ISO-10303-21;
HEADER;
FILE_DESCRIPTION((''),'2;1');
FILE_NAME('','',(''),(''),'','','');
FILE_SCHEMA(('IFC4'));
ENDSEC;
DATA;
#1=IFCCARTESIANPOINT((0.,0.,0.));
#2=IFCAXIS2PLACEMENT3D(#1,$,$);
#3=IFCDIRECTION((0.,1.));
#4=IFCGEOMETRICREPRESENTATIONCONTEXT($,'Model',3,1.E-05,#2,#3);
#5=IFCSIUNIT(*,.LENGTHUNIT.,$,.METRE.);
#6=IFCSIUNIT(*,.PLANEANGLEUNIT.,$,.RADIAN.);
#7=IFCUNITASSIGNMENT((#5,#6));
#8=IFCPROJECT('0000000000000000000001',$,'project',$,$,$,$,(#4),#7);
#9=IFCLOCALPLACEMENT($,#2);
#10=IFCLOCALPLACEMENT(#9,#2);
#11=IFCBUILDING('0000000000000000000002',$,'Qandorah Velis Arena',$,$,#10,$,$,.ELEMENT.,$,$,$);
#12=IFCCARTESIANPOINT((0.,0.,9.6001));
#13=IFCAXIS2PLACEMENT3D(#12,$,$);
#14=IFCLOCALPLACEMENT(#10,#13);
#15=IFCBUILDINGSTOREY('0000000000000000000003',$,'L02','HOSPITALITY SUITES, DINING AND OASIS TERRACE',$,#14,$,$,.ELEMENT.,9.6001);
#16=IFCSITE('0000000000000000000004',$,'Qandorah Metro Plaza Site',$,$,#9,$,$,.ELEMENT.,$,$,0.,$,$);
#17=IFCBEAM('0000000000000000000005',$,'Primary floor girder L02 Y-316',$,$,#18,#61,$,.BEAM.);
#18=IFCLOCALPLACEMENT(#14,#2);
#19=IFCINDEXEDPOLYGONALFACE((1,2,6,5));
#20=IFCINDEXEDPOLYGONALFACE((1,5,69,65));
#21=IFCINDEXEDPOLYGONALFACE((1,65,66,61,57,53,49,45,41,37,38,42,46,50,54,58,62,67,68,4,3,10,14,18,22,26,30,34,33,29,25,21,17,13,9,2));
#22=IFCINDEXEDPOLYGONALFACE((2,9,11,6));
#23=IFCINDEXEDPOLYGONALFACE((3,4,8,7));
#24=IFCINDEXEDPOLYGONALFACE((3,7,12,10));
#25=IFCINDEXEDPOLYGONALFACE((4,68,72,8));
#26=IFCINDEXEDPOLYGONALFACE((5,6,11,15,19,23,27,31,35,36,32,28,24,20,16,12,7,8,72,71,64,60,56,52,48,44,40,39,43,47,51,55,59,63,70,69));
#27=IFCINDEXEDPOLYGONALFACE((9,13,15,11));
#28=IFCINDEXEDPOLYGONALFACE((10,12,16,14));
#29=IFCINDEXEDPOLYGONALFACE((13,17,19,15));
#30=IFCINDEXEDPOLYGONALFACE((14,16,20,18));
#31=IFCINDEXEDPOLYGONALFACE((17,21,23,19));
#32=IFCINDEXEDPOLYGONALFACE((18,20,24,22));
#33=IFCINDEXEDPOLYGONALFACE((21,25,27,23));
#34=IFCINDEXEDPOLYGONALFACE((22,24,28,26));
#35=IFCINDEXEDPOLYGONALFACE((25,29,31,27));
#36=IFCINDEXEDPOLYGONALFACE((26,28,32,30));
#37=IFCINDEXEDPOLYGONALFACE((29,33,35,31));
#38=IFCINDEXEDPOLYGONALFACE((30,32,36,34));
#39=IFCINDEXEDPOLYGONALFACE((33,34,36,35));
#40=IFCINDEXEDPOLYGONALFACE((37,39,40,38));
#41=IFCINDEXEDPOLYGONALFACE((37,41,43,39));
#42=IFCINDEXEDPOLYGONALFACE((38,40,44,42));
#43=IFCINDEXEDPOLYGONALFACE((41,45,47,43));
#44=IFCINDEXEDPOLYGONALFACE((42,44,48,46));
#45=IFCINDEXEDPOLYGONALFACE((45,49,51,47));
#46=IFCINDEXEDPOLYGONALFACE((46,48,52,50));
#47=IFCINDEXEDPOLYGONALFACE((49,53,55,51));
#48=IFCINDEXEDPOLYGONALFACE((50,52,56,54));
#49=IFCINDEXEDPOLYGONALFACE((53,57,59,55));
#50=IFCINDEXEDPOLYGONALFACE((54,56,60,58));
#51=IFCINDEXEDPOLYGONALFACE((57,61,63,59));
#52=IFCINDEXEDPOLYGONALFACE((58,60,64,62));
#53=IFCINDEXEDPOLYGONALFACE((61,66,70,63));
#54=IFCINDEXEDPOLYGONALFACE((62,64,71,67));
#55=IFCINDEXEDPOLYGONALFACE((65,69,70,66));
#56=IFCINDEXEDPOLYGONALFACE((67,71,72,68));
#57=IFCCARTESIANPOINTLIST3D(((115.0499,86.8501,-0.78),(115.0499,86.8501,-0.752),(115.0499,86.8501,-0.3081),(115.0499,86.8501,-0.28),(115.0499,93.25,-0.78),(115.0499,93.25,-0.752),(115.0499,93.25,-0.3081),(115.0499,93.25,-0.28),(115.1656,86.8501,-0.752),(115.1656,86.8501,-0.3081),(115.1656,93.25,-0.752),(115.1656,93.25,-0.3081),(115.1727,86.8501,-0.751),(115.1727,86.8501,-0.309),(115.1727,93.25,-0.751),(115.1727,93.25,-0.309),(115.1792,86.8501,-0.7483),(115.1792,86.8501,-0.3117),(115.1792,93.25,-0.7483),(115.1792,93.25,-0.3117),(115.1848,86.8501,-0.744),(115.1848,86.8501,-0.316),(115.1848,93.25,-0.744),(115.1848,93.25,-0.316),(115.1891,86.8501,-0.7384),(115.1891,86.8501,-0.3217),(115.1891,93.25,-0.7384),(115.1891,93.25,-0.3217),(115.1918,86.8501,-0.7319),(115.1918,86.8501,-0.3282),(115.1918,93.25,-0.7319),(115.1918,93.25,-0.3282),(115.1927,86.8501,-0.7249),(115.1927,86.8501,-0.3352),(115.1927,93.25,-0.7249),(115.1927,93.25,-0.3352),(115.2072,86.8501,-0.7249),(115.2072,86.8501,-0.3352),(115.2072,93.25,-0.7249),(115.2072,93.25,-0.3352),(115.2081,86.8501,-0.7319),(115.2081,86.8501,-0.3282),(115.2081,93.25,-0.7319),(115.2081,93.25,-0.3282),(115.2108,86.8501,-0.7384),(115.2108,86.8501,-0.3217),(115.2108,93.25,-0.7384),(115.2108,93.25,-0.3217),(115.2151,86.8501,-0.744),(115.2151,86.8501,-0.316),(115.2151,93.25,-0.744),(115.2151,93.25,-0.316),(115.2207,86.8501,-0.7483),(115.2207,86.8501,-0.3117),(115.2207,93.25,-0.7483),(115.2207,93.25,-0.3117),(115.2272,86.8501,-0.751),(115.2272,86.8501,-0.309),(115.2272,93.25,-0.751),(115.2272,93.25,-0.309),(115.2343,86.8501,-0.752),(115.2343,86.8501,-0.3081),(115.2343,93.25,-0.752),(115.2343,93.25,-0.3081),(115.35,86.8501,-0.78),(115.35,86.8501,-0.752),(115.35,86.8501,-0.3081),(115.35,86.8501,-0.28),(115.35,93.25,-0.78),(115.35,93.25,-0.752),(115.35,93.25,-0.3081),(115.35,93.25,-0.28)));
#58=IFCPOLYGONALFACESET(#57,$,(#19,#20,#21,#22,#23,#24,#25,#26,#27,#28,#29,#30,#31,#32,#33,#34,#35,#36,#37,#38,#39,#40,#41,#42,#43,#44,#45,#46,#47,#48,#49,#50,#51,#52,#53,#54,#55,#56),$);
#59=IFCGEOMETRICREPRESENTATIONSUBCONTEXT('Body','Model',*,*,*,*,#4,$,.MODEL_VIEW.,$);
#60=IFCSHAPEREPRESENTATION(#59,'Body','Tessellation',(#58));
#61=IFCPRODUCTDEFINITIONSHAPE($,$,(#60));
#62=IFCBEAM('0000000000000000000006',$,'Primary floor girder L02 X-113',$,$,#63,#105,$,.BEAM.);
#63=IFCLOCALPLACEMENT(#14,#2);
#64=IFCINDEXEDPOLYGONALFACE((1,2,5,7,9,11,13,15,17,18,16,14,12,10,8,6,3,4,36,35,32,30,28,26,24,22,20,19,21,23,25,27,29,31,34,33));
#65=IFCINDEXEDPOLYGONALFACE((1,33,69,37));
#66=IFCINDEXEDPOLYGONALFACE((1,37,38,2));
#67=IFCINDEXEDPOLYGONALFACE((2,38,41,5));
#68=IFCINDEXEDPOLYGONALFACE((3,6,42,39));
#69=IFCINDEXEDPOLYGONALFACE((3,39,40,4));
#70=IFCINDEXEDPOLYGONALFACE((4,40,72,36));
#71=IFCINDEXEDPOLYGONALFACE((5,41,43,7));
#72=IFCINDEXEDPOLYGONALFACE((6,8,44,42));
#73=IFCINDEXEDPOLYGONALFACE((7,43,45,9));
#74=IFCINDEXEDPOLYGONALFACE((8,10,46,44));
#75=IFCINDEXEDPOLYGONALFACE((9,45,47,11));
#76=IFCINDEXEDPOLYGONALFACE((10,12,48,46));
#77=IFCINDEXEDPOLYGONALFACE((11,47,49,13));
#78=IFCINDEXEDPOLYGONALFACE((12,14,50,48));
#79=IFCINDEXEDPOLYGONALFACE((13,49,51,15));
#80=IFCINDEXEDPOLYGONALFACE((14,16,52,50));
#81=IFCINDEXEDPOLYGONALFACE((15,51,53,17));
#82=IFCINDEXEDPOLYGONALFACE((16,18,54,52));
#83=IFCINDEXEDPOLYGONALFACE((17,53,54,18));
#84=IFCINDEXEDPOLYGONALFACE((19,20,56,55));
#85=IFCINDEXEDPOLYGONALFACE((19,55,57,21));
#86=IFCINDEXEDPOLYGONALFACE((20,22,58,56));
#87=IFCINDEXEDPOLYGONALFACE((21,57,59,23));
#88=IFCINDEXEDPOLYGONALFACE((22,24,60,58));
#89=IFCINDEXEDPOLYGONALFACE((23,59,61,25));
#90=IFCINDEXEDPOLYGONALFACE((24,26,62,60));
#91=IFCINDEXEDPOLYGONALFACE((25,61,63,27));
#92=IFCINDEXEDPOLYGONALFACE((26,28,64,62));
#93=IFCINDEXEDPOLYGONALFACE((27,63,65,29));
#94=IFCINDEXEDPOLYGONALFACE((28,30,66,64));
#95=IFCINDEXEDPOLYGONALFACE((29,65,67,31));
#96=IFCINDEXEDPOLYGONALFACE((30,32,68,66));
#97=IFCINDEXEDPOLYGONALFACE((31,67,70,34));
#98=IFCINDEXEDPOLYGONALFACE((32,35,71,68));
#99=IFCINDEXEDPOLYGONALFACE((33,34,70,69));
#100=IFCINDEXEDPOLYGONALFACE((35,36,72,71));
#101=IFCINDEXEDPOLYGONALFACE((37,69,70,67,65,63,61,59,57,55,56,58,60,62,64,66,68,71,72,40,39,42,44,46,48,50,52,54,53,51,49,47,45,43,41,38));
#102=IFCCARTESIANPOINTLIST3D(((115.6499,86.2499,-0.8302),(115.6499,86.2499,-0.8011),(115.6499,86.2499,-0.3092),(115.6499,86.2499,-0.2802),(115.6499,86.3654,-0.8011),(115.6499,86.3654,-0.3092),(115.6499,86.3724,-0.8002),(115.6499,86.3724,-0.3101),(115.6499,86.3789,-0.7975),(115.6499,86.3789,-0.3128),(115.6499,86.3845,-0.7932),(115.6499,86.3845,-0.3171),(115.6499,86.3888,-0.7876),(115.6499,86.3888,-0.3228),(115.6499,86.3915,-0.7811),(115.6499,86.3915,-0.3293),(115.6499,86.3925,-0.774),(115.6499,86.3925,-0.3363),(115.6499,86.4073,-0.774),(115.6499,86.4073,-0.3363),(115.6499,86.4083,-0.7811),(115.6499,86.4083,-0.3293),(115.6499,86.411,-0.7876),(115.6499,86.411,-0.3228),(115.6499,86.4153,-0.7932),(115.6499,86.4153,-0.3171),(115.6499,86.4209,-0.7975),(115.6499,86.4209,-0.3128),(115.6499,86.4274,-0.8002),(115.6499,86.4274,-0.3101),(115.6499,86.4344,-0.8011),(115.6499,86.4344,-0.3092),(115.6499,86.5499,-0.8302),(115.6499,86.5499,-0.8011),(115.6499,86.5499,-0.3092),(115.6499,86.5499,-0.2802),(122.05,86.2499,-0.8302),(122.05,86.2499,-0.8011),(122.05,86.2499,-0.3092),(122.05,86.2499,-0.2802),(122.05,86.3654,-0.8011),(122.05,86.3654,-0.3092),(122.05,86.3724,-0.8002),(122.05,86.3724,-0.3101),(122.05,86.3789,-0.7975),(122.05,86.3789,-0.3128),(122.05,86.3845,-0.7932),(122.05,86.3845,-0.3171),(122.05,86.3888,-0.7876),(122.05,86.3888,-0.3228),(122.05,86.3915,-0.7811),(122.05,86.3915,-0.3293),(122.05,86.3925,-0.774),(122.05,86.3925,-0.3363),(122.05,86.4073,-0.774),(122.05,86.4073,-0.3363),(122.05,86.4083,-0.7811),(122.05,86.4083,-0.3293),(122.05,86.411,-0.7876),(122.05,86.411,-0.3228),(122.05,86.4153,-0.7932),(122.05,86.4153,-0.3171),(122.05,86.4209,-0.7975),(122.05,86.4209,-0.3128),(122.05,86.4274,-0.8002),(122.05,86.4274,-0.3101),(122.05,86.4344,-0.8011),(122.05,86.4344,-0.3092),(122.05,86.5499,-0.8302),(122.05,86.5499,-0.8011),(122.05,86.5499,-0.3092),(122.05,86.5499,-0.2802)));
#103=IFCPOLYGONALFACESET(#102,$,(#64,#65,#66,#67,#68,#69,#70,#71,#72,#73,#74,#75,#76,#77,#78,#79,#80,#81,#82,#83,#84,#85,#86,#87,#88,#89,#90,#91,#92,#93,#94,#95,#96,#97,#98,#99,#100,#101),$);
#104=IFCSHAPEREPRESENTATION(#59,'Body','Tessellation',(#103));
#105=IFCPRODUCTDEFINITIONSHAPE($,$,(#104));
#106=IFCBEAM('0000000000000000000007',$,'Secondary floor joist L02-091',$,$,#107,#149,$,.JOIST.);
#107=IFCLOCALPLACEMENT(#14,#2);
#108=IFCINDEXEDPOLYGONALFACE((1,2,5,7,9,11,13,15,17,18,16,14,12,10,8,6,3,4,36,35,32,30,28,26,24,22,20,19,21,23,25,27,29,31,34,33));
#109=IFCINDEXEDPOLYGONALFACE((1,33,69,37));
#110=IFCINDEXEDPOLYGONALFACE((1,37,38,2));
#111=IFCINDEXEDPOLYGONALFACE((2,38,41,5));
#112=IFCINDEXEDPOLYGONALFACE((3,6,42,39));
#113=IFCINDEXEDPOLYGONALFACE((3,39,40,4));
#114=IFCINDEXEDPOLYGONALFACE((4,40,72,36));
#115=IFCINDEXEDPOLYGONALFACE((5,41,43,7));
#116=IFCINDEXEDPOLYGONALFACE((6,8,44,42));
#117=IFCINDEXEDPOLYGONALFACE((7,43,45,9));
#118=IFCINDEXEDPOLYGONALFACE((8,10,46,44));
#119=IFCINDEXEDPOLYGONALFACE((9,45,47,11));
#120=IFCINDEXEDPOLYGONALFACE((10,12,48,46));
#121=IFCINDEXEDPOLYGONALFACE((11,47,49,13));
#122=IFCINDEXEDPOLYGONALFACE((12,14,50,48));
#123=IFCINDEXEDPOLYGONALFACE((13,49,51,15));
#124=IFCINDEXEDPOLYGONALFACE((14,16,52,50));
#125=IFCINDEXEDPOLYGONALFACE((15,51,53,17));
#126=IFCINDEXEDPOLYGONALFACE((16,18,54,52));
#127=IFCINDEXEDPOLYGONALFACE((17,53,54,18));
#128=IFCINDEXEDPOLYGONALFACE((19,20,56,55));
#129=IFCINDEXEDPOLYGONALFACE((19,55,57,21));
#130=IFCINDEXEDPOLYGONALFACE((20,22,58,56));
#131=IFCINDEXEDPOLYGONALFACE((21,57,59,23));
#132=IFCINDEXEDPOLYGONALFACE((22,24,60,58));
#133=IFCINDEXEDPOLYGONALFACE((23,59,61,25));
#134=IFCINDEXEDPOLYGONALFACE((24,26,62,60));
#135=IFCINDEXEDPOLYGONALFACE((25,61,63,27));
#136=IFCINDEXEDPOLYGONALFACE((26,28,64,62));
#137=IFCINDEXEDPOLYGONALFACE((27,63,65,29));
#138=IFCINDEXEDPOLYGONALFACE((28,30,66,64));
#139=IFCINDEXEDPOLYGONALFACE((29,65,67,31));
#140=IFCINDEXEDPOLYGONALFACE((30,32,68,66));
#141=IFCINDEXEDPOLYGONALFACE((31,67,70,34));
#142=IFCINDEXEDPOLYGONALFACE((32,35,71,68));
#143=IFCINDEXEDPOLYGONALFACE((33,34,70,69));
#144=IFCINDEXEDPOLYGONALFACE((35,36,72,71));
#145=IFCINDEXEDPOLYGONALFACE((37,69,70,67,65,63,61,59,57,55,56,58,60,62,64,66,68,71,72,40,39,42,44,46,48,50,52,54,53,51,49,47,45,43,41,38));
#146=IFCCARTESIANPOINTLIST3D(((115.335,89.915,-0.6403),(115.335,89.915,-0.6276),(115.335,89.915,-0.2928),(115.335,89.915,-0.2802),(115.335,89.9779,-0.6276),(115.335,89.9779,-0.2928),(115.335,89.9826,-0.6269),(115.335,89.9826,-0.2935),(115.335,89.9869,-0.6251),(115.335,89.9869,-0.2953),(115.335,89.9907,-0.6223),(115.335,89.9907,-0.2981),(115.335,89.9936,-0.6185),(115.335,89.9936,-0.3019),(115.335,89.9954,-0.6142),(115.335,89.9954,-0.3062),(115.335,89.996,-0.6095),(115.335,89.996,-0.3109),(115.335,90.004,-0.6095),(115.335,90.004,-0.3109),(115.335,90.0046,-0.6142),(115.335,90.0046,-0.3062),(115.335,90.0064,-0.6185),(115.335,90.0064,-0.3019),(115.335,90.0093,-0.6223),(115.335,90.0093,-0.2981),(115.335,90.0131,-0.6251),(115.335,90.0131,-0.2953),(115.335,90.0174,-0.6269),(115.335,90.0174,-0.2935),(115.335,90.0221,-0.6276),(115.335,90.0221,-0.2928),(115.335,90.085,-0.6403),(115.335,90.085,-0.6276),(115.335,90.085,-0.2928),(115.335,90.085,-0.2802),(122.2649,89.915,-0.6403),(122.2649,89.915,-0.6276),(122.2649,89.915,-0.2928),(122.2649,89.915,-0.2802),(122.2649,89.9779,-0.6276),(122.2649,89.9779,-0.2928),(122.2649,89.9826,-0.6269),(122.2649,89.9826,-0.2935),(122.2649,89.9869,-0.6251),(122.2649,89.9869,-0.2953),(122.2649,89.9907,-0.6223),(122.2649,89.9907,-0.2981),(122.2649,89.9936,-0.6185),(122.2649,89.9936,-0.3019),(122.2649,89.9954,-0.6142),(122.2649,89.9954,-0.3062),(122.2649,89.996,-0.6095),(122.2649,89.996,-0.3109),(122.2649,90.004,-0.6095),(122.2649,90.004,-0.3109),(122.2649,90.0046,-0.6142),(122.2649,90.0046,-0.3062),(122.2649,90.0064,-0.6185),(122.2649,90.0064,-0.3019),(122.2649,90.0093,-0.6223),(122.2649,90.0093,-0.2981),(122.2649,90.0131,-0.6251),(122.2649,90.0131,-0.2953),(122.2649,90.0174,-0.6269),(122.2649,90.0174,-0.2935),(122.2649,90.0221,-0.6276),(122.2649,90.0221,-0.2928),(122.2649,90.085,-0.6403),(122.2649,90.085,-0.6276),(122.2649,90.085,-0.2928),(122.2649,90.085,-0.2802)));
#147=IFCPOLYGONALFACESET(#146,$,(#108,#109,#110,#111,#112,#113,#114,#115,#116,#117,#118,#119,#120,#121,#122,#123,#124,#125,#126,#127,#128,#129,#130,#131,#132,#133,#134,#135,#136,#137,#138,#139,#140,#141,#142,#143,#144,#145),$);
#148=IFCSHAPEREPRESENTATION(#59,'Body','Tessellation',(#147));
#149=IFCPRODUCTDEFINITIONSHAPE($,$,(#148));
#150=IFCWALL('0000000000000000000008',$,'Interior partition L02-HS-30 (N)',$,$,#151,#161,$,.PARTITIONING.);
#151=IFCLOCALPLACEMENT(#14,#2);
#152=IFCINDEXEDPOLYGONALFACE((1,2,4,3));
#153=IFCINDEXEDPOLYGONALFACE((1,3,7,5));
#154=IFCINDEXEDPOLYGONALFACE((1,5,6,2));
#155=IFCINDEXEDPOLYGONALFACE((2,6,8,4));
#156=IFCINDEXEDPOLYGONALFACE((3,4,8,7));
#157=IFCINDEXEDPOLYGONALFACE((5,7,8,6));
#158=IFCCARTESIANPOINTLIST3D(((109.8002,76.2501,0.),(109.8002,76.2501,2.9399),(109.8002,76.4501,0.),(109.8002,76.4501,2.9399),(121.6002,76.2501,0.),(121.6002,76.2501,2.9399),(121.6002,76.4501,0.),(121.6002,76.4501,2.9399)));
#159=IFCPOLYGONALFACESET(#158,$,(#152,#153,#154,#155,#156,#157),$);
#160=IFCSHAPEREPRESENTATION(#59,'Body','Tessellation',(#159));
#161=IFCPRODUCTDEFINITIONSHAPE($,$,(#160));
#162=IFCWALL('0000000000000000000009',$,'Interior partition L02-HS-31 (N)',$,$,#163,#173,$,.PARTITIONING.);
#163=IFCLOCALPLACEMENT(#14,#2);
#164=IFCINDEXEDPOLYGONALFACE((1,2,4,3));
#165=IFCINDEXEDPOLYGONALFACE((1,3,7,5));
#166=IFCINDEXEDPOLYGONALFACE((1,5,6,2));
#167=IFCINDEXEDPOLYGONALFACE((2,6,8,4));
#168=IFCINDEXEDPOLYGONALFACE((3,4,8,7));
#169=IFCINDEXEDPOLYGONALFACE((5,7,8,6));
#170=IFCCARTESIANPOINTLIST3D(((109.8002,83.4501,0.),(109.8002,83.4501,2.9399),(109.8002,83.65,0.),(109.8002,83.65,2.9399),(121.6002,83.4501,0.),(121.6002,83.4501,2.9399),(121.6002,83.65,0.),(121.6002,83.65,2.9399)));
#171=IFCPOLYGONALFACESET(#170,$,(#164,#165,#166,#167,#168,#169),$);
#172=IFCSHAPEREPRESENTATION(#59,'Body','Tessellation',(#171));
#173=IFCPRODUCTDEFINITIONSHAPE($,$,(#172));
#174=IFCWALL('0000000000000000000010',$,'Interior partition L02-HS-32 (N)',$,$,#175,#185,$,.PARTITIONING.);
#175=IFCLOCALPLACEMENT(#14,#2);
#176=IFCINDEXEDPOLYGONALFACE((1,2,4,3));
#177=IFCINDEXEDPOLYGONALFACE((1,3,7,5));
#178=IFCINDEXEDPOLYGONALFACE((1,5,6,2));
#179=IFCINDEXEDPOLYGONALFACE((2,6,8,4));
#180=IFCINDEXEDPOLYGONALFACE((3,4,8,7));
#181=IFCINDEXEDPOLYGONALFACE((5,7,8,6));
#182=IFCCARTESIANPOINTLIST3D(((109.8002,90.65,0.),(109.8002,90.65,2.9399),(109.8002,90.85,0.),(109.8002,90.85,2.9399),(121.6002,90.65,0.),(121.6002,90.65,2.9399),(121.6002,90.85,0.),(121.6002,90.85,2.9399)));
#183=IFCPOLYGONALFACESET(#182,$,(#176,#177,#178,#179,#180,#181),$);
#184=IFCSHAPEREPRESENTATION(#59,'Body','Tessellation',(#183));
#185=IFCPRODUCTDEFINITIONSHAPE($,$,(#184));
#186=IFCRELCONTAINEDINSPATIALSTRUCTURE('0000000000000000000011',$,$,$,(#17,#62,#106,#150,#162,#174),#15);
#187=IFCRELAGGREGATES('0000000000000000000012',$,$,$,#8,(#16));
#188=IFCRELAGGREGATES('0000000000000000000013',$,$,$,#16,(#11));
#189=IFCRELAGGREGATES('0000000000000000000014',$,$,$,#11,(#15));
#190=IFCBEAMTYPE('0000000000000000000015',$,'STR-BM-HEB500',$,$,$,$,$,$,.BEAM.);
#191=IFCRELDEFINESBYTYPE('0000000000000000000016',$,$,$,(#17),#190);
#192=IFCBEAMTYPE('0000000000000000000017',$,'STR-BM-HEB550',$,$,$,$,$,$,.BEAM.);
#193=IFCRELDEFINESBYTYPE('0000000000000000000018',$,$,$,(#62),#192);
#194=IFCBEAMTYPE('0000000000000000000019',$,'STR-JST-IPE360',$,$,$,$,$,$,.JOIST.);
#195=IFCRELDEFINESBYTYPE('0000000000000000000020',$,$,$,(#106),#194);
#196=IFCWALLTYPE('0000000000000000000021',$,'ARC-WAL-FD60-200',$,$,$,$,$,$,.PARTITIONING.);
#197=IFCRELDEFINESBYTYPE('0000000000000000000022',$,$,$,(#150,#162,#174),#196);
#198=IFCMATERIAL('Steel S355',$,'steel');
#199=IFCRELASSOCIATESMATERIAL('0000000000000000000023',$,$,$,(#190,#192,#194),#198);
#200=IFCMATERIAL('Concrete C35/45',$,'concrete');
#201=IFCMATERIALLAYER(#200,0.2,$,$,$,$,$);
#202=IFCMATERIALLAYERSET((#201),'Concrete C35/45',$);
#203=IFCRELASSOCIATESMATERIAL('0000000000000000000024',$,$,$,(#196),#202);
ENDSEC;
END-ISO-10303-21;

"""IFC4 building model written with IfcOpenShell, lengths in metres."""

from ifc_helpers import new_model, si_unit, direction, frame, frame_2d, origin, origin_2d, place, context, subcontext, project, spatial, rectangle, i_section, extrude, material, layer, layer_set, material_profile, profile_set, type_object, element, save


model = new_model("IFC4")

# Units and contexts
model_context = context("Model", 3, precision=1e-05, world=origin(), true_north=direction((0.0, 1.0)))
body_context = subcontext(model_context, "Body", "Model", "MODEL_VIEW")
ifc_project = project(units=[si_unit("LENGTHUNIT", "METRE"), si_unit("PLANEANGLEUNIT", "RADIAN")], contexts=[model_context])

# Site, building, storey
site_placement = place(None, origin())
site = spatial("IfcSite", under=ifc_project, at=site_placement, Name="Qandorah Metro Plaza Site", CompositionType="ELEMENT", RefElevation=0.0)
building_placement = place(site_placement, origin())
building = spatial("IfcBuilding", under=site, at=building_placement, Name="Qandorah Velis Arena", CompositionType="ELEMENT")
storey_placement = place(building_placement, frame((0.0, 0.0, 9.6001)))
storey = spatial("IfcBuildingStorey", under=building, at=storey_placement, Name="L02", Description="HOSPITALITY SUITES, DINING AND OASIS TERRACE", CompositionType="ELEMENT", Elevation=9.6001)

# Beams
ifc_material_1 = material(Name="Steel S355", Category="steel")
ifc_material_profile_1 = material_profile(ifc_material_1, i_section(OverallWidth=0.3, OverallDepth=0.5, WebThickness=0.0144, FlangeThickness=0.0281, FilletRadius=0.0271, at=origin_2d()), Name="HEB 500")
ifc_profile_set_1 = profile_set([ifc_material_profile_1], Name="Steel S355")
beam_type_1 = type_object("IfcBeamType", Name="STR-BM-HEB500", PredefinedType="BEAM", material=ifc_profile_set_1)
beam_1_placement = place(storey_placement, frame((115.2, 86.8501, -0.53), z_axis=(0.0, 1.0, 0.0), x_axis=(-1.0, 0.0, 0.0)))
element("IfcBeam", 1, at=beam_1_placement, inside=storey, type_object=beam_type_1, Name="Primary floor girder L02 Y-316", PredefinedType="BEAM", context=body_context, shape_type="SweptSolid", body=[
    extrude(i_section(OverallWidth=0.3, OverallDepth=0.5, WebThickness=0.0144, FlangeThickness=0.0281, FilletRadius=0.0271, at=origin_2d()), origin(), (0.0, 0.0, 1.0), 6.3999),
])
ifc_material_profile_2 = material_profile(ifc_material_1, i_section(OverallWidth=0.3, OverallDepth=0.55, WebThickness=0.0149, FlangeThickness=0.0291, FilletRadius=0.0271, at=origin_2d()), Name="HEB 550")
ifc_profile_set_2 = profile_set([ifc_material_profile_2], Name="Steel S355")
beam_type_2 = type_object("IfcBeamType", Name="STR-BM-HEB550", PredefinedType="BEAM", material=ifc_profile_set_2)
beam_2_placement = place(storey_placement, frame((115.6499, 86.3999, -0.5552), z_axis=(1.0, 0.0, 0.0), x_axis=(0.0, 1.0, 0.0)))
element("IfcBeam", 2, at=beam_2_placement, inside=storey, type_object=beam_type_2, Name="Primary floor girder L02 X-113", PredefinedType="BEAM", context=body_context, shape_type="SweptSolid", body=[
    extrude(i_section(OverallWidth=0.3, OverallDepth=0.55, WebThickness=0.0149, FlangeThickness=0.0291, FilletRadius=0.0271, at=origin_2d()), origin(), (0.0, 0.0, 1.0), 6.4001),
])
ifc_material_profile_3 = material_profile(ifc_material_1, i_section(OverallWidth=0.1699, OverallDepth=0.3601, WebThickness=0.0081, FlangeThickness=0.0127, FilletRadius=0.0181, at=origin_2d()), Name="IPE 360")
ifc_profile_set_3 = profile_set([ifc_material_profile_3], Name="Steel S355")
beam_type_3 = type_object("IfcBeamType", Name="STR-JST-IPE360", PredefinedType="JOIST", material=ifc_profile_set_3)
beam_3_placement = place(storey_placement, frame((115.335, 90.0, -0.4602), z_axis=(1.0, 0.0, 0.0), x_axis=(0.0, 1.0, 0.0)))
element("IfcBeam", 3, at=beam_3_placement, inside=storey, type_object=beam_type_3, Name="Secondary floor joist L02-091", PredefinedType="JOIST", context=body_context, shape_type="SweptSolid", body=[
    extrude(i_section(OverallWidth=0.1699, OverallDepth=0.3601, WebThickness=0.0081, FlangeThickness=0.0127, FilletRadius=0.0181, at=origin_2d()), origin(), (0.0, 0.0, 1.0), 6.9299),
])

# Walls
ifc_material_2 = material(Name="Concrete C35/45", Category="concrete")
ifc_layer_1 = layer(ifc_material_2, 0.2)
ifc_layer_set_1 = layer_set([ifc_layer_1], Name="Concrete C35/45")
wall_type_1 = type_object("IfcWallType", Name="ARC-WAL-FD60-200", PredefinedType="PARTITIONING", material=ifc_layer_set_1)
for number, where, z_axis, x_axis, name in (
    (4, (121.6001, 76.3501, 0.0), (0.0, 0.0, 1.0), (-1.0, 0.0, 0.0), "Interior partition L02-HS-30 (N)"),
    (5, (121.6001, 83.55, 0.0), (0.0, 0.0, 1.0), (-1.0, 0.0, 0.0), "Interior partition L02-HS-31 (N)"),
    (6, (121.6001, 90.75, 0.0), (0.0, 0.0, 1.0), (-1.0, 0.0, 0.0), "Interior partition L02-HS-32 (N)"),
):
    element("IfcWall", number, at=place(storey_placement, frame(where, z_axis=z_axis, x_axis=x_axis)), inside=storey, type_object=wall_type_1, Name=name, PredefinedType="PARTITIONING", context=body_context, shape_type="SweptSolid", body=[
        extrude(rectangle(XDim=11.8, YDim=0.2, at=frame_2d((5.8999, 0.0))), origin(), (0.0, 0.0, 1.0), 2.9399),
    ])

save(model, "model.ifc")
